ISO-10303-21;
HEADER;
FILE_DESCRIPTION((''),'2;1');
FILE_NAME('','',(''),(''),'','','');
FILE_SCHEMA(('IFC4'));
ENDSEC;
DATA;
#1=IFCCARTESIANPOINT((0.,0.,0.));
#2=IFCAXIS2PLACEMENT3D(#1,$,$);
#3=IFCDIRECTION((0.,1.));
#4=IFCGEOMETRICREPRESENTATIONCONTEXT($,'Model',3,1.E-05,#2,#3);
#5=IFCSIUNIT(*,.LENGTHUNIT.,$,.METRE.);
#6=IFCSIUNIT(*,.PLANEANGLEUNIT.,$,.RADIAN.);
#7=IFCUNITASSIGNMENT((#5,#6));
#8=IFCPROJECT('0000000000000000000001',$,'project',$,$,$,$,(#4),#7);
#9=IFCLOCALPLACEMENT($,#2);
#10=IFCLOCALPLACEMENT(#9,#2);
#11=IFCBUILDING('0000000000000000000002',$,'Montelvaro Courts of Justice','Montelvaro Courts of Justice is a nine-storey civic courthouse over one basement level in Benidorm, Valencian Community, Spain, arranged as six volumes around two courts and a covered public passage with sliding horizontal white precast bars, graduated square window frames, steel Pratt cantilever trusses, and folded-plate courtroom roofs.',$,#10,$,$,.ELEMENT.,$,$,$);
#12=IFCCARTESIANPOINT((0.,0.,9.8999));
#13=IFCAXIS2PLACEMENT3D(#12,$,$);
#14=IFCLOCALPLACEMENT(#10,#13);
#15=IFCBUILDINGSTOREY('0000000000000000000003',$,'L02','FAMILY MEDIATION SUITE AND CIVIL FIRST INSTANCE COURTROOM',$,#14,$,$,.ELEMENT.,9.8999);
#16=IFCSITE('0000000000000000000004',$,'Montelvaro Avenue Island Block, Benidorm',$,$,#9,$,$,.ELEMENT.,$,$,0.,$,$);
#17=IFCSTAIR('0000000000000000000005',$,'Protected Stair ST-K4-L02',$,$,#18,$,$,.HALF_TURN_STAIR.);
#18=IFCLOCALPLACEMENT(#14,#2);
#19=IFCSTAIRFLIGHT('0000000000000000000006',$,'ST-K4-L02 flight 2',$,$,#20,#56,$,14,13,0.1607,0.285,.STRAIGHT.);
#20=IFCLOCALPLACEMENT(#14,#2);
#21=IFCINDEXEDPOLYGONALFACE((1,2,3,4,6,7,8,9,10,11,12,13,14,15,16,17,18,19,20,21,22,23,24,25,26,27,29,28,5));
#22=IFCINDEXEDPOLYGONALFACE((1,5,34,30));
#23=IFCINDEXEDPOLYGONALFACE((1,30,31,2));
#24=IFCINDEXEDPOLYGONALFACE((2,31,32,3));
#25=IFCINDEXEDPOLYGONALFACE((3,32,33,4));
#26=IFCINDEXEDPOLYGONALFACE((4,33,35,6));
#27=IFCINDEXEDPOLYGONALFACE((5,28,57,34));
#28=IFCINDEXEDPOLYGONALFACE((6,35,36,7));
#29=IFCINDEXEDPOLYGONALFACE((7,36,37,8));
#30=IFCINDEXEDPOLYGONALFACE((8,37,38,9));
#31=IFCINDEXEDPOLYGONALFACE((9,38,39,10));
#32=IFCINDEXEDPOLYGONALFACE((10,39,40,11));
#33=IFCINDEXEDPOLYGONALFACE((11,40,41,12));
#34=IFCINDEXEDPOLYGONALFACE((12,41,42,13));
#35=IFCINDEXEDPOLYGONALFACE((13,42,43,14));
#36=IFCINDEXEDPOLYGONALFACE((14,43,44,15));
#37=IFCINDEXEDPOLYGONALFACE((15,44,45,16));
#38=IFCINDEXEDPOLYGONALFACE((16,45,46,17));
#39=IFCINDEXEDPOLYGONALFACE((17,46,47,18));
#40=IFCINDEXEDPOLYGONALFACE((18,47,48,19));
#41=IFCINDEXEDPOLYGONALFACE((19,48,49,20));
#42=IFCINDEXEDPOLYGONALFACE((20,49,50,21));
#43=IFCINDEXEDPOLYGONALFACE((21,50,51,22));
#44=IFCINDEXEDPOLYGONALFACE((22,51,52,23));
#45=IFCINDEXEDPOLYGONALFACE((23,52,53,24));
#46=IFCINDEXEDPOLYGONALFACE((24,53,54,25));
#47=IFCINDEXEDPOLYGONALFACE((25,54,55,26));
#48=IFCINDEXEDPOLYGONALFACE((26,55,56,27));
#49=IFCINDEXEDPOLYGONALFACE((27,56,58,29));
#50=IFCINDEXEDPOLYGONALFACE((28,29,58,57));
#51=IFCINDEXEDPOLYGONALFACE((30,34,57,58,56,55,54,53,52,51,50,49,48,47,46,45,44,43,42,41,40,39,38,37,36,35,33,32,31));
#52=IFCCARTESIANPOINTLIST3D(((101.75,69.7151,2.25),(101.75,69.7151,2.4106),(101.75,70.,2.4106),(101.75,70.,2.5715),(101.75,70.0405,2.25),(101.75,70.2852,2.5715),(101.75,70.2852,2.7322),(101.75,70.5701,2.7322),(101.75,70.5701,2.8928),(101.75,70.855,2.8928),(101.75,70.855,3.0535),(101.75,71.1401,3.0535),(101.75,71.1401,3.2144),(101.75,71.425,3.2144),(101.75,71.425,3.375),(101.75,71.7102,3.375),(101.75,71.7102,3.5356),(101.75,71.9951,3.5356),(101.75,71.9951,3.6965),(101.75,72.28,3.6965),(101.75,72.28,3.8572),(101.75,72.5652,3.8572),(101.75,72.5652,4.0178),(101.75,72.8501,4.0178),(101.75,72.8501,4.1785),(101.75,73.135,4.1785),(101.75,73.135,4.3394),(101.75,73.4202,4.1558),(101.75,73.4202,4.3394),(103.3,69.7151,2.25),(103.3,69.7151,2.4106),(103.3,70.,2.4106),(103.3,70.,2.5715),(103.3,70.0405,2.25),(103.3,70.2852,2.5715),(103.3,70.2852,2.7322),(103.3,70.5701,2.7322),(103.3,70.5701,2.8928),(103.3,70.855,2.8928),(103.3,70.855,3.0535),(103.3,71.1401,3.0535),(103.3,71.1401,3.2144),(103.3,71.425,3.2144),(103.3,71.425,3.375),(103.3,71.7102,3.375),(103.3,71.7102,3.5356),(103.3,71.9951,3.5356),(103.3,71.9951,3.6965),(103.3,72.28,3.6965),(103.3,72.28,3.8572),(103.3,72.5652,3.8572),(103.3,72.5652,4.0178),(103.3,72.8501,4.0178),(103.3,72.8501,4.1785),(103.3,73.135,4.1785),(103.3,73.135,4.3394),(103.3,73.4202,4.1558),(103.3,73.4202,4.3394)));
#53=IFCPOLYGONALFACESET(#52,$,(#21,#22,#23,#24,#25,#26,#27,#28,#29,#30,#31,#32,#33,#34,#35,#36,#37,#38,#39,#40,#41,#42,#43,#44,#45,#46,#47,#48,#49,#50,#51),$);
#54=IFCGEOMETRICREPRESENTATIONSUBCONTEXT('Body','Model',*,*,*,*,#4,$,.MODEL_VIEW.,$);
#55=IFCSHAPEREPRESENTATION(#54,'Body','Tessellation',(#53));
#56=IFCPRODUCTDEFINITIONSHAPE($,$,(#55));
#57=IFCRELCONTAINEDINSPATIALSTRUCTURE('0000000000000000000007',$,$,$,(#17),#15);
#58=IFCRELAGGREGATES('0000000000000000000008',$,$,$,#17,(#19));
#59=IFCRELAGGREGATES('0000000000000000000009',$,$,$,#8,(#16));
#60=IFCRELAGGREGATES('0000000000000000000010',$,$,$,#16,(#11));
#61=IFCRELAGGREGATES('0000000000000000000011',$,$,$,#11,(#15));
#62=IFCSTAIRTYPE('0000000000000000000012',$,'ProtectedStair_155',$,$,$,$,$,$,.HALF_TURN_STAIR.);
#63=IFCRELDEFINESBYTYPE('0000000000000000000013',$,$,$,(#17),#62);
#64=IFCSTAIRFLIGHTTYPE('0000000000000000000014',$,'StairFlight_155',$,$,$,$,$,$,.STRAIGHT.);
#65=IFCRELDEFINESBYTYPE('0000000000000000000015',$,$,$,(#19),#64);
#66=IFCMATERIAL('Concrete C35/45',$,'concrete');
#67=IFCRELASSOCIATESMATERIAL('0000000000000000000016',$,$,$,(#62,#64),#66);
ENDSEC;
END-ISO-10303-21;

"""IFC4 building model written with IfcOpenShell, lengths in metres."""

from ifc_helpers import new_model, si_unit, direction, frame, origin, place, context, subcontext, project, spatial, polyline, outline, extrude, material, type_object, element, aggregate, save


model = new_model("IFC4")

# Units and contexts
model_context = context("Model", 3, precision=1e-05, world=origin(), true_north=direction((0.0, 1.0)))
body_context = subcontext(model_context, "Body", "Model", "MODEL_VIEW")
ifc_project = project(units=[si_unit("LENGTHUNIT", "METRE"), si_unit("PLANEANGLEUNIT", "RADIAN")], contexts=[model_context])

# Site, building, storey
site_placement = place(None, origin())
site = spatial("IfcSite", under=ifc_project, at=site_placement, Name="Montelvaro Avenue Island Block, Benidorm", CompositionType="ELEMENT", RefElevation=0.0)
building_placement = place(site_placement, origin())
building = spatial("IfcBuilding", under=site, at=building_placement, Name="Montelvaro Courts of Justice", Description="Montelvaro Courts of Justice is a nine-storey civic courthouse over one basement level in Benidorm, Valencian Community, Spain, arranged as six volumes around two courts and a covered public passage with sliding horizontal white precast bars, graduated square window frames, steel Pratt cantilever trusses, and folded-plate courtroom roofs.", CompositionType="ELEMENT")
storey_placement = place(building_placement, frame((0.0, 0.0, 9.8999)))
storey = spatial("IfcBuildingStorey", under=building, at=storey_placement, Name="L02", Description="FAMILY MEDIATION SUITE AND CIVIL FIRST INSTANCE COURTROOM", CompositionType="ELEMENT", Elevation=9.8999)

# Shared definitions
ifc_material_1 = material(Name="Concrete C35/45", Category="concrete")

# Stair, stair flight
stair_type = type_object("IfcStairType", Name="ProtectedStair_155", PredefinedType="HALF_TURN_STAIR", material=ifc_material_1)
stair_placement = place(storey_placement, origin())
stair = element("IfcStair", 1, at=stair_placement, inside=storey, type_object=stair_type, Name="Protected Stair ST-K4-L02", PredefinedType="HALF_TURN_STAIR")
stair_flight_type = type_object("IfcStairFlightType", Name="StairFlight_155", PredefinedType="STRAIGHT", material=ifc_material_1)
stair_flight_placement = place(storey_placement, frame((102.5249, 69.7151, 2.25), z_axis=(0.0, 0.0, 1.0), x_axis=(0.0, 1.0, 0.0)))
stair_flight = element("IfcStairFlight", 2, at=stair_flight_placement, type_object=stair_flight_type, Name="ST-K4-L02 flight 2", NumberOfRisers=14, NumberOfTreads=13, PredefinedType="STRAIGHT", RiserHeight=0.1607, TreadLength=0.285, context=body_context, shape_type="SweptSolid", body=[
    extrude(outline(polyline([(0.0, 0.0), (0.0, 0.1606), (0.2849, 0.1606), (0.2849, 0.3215), (0.5701, 0.3215), (0.5701, 0.4822), (0.855, 0.4822), (0.855, 0.6428), (1.1399, 0.6428), (1.1399, 0.8035), (1.425, 0.8035), (1.425, 0.9644), (1.71, 0.9644), (1.71, 1.125), (1.9951, 1.125), (1.9951, 1.2856), (2.28, 1.2856), (2.28, 1.4465), (2.5649, 1.4465), (2.5649, 1.6072), (2.8501, 1.6072), (2.8501, 1.7678), (3.135, 1.7678), (3.135, 1.9285), (3.4199, 1.9285), (3.4199, 2.0894), (3.7051, 2.0894), (3.7051, 2.25), (3.7051, 1.9058), (0.3254, 0.0), (0.0, 0.0)])), frame((0.0, 0.7749, 0.0), z_axis=(0.0, -1.0, 0.0), x_axis=(1.0, 0.0, 0.0)), (0.0, 0.0, 1.0), 1.55),
])
aggregate(stair, [stair_flight])

save(model, "model.ifc")
